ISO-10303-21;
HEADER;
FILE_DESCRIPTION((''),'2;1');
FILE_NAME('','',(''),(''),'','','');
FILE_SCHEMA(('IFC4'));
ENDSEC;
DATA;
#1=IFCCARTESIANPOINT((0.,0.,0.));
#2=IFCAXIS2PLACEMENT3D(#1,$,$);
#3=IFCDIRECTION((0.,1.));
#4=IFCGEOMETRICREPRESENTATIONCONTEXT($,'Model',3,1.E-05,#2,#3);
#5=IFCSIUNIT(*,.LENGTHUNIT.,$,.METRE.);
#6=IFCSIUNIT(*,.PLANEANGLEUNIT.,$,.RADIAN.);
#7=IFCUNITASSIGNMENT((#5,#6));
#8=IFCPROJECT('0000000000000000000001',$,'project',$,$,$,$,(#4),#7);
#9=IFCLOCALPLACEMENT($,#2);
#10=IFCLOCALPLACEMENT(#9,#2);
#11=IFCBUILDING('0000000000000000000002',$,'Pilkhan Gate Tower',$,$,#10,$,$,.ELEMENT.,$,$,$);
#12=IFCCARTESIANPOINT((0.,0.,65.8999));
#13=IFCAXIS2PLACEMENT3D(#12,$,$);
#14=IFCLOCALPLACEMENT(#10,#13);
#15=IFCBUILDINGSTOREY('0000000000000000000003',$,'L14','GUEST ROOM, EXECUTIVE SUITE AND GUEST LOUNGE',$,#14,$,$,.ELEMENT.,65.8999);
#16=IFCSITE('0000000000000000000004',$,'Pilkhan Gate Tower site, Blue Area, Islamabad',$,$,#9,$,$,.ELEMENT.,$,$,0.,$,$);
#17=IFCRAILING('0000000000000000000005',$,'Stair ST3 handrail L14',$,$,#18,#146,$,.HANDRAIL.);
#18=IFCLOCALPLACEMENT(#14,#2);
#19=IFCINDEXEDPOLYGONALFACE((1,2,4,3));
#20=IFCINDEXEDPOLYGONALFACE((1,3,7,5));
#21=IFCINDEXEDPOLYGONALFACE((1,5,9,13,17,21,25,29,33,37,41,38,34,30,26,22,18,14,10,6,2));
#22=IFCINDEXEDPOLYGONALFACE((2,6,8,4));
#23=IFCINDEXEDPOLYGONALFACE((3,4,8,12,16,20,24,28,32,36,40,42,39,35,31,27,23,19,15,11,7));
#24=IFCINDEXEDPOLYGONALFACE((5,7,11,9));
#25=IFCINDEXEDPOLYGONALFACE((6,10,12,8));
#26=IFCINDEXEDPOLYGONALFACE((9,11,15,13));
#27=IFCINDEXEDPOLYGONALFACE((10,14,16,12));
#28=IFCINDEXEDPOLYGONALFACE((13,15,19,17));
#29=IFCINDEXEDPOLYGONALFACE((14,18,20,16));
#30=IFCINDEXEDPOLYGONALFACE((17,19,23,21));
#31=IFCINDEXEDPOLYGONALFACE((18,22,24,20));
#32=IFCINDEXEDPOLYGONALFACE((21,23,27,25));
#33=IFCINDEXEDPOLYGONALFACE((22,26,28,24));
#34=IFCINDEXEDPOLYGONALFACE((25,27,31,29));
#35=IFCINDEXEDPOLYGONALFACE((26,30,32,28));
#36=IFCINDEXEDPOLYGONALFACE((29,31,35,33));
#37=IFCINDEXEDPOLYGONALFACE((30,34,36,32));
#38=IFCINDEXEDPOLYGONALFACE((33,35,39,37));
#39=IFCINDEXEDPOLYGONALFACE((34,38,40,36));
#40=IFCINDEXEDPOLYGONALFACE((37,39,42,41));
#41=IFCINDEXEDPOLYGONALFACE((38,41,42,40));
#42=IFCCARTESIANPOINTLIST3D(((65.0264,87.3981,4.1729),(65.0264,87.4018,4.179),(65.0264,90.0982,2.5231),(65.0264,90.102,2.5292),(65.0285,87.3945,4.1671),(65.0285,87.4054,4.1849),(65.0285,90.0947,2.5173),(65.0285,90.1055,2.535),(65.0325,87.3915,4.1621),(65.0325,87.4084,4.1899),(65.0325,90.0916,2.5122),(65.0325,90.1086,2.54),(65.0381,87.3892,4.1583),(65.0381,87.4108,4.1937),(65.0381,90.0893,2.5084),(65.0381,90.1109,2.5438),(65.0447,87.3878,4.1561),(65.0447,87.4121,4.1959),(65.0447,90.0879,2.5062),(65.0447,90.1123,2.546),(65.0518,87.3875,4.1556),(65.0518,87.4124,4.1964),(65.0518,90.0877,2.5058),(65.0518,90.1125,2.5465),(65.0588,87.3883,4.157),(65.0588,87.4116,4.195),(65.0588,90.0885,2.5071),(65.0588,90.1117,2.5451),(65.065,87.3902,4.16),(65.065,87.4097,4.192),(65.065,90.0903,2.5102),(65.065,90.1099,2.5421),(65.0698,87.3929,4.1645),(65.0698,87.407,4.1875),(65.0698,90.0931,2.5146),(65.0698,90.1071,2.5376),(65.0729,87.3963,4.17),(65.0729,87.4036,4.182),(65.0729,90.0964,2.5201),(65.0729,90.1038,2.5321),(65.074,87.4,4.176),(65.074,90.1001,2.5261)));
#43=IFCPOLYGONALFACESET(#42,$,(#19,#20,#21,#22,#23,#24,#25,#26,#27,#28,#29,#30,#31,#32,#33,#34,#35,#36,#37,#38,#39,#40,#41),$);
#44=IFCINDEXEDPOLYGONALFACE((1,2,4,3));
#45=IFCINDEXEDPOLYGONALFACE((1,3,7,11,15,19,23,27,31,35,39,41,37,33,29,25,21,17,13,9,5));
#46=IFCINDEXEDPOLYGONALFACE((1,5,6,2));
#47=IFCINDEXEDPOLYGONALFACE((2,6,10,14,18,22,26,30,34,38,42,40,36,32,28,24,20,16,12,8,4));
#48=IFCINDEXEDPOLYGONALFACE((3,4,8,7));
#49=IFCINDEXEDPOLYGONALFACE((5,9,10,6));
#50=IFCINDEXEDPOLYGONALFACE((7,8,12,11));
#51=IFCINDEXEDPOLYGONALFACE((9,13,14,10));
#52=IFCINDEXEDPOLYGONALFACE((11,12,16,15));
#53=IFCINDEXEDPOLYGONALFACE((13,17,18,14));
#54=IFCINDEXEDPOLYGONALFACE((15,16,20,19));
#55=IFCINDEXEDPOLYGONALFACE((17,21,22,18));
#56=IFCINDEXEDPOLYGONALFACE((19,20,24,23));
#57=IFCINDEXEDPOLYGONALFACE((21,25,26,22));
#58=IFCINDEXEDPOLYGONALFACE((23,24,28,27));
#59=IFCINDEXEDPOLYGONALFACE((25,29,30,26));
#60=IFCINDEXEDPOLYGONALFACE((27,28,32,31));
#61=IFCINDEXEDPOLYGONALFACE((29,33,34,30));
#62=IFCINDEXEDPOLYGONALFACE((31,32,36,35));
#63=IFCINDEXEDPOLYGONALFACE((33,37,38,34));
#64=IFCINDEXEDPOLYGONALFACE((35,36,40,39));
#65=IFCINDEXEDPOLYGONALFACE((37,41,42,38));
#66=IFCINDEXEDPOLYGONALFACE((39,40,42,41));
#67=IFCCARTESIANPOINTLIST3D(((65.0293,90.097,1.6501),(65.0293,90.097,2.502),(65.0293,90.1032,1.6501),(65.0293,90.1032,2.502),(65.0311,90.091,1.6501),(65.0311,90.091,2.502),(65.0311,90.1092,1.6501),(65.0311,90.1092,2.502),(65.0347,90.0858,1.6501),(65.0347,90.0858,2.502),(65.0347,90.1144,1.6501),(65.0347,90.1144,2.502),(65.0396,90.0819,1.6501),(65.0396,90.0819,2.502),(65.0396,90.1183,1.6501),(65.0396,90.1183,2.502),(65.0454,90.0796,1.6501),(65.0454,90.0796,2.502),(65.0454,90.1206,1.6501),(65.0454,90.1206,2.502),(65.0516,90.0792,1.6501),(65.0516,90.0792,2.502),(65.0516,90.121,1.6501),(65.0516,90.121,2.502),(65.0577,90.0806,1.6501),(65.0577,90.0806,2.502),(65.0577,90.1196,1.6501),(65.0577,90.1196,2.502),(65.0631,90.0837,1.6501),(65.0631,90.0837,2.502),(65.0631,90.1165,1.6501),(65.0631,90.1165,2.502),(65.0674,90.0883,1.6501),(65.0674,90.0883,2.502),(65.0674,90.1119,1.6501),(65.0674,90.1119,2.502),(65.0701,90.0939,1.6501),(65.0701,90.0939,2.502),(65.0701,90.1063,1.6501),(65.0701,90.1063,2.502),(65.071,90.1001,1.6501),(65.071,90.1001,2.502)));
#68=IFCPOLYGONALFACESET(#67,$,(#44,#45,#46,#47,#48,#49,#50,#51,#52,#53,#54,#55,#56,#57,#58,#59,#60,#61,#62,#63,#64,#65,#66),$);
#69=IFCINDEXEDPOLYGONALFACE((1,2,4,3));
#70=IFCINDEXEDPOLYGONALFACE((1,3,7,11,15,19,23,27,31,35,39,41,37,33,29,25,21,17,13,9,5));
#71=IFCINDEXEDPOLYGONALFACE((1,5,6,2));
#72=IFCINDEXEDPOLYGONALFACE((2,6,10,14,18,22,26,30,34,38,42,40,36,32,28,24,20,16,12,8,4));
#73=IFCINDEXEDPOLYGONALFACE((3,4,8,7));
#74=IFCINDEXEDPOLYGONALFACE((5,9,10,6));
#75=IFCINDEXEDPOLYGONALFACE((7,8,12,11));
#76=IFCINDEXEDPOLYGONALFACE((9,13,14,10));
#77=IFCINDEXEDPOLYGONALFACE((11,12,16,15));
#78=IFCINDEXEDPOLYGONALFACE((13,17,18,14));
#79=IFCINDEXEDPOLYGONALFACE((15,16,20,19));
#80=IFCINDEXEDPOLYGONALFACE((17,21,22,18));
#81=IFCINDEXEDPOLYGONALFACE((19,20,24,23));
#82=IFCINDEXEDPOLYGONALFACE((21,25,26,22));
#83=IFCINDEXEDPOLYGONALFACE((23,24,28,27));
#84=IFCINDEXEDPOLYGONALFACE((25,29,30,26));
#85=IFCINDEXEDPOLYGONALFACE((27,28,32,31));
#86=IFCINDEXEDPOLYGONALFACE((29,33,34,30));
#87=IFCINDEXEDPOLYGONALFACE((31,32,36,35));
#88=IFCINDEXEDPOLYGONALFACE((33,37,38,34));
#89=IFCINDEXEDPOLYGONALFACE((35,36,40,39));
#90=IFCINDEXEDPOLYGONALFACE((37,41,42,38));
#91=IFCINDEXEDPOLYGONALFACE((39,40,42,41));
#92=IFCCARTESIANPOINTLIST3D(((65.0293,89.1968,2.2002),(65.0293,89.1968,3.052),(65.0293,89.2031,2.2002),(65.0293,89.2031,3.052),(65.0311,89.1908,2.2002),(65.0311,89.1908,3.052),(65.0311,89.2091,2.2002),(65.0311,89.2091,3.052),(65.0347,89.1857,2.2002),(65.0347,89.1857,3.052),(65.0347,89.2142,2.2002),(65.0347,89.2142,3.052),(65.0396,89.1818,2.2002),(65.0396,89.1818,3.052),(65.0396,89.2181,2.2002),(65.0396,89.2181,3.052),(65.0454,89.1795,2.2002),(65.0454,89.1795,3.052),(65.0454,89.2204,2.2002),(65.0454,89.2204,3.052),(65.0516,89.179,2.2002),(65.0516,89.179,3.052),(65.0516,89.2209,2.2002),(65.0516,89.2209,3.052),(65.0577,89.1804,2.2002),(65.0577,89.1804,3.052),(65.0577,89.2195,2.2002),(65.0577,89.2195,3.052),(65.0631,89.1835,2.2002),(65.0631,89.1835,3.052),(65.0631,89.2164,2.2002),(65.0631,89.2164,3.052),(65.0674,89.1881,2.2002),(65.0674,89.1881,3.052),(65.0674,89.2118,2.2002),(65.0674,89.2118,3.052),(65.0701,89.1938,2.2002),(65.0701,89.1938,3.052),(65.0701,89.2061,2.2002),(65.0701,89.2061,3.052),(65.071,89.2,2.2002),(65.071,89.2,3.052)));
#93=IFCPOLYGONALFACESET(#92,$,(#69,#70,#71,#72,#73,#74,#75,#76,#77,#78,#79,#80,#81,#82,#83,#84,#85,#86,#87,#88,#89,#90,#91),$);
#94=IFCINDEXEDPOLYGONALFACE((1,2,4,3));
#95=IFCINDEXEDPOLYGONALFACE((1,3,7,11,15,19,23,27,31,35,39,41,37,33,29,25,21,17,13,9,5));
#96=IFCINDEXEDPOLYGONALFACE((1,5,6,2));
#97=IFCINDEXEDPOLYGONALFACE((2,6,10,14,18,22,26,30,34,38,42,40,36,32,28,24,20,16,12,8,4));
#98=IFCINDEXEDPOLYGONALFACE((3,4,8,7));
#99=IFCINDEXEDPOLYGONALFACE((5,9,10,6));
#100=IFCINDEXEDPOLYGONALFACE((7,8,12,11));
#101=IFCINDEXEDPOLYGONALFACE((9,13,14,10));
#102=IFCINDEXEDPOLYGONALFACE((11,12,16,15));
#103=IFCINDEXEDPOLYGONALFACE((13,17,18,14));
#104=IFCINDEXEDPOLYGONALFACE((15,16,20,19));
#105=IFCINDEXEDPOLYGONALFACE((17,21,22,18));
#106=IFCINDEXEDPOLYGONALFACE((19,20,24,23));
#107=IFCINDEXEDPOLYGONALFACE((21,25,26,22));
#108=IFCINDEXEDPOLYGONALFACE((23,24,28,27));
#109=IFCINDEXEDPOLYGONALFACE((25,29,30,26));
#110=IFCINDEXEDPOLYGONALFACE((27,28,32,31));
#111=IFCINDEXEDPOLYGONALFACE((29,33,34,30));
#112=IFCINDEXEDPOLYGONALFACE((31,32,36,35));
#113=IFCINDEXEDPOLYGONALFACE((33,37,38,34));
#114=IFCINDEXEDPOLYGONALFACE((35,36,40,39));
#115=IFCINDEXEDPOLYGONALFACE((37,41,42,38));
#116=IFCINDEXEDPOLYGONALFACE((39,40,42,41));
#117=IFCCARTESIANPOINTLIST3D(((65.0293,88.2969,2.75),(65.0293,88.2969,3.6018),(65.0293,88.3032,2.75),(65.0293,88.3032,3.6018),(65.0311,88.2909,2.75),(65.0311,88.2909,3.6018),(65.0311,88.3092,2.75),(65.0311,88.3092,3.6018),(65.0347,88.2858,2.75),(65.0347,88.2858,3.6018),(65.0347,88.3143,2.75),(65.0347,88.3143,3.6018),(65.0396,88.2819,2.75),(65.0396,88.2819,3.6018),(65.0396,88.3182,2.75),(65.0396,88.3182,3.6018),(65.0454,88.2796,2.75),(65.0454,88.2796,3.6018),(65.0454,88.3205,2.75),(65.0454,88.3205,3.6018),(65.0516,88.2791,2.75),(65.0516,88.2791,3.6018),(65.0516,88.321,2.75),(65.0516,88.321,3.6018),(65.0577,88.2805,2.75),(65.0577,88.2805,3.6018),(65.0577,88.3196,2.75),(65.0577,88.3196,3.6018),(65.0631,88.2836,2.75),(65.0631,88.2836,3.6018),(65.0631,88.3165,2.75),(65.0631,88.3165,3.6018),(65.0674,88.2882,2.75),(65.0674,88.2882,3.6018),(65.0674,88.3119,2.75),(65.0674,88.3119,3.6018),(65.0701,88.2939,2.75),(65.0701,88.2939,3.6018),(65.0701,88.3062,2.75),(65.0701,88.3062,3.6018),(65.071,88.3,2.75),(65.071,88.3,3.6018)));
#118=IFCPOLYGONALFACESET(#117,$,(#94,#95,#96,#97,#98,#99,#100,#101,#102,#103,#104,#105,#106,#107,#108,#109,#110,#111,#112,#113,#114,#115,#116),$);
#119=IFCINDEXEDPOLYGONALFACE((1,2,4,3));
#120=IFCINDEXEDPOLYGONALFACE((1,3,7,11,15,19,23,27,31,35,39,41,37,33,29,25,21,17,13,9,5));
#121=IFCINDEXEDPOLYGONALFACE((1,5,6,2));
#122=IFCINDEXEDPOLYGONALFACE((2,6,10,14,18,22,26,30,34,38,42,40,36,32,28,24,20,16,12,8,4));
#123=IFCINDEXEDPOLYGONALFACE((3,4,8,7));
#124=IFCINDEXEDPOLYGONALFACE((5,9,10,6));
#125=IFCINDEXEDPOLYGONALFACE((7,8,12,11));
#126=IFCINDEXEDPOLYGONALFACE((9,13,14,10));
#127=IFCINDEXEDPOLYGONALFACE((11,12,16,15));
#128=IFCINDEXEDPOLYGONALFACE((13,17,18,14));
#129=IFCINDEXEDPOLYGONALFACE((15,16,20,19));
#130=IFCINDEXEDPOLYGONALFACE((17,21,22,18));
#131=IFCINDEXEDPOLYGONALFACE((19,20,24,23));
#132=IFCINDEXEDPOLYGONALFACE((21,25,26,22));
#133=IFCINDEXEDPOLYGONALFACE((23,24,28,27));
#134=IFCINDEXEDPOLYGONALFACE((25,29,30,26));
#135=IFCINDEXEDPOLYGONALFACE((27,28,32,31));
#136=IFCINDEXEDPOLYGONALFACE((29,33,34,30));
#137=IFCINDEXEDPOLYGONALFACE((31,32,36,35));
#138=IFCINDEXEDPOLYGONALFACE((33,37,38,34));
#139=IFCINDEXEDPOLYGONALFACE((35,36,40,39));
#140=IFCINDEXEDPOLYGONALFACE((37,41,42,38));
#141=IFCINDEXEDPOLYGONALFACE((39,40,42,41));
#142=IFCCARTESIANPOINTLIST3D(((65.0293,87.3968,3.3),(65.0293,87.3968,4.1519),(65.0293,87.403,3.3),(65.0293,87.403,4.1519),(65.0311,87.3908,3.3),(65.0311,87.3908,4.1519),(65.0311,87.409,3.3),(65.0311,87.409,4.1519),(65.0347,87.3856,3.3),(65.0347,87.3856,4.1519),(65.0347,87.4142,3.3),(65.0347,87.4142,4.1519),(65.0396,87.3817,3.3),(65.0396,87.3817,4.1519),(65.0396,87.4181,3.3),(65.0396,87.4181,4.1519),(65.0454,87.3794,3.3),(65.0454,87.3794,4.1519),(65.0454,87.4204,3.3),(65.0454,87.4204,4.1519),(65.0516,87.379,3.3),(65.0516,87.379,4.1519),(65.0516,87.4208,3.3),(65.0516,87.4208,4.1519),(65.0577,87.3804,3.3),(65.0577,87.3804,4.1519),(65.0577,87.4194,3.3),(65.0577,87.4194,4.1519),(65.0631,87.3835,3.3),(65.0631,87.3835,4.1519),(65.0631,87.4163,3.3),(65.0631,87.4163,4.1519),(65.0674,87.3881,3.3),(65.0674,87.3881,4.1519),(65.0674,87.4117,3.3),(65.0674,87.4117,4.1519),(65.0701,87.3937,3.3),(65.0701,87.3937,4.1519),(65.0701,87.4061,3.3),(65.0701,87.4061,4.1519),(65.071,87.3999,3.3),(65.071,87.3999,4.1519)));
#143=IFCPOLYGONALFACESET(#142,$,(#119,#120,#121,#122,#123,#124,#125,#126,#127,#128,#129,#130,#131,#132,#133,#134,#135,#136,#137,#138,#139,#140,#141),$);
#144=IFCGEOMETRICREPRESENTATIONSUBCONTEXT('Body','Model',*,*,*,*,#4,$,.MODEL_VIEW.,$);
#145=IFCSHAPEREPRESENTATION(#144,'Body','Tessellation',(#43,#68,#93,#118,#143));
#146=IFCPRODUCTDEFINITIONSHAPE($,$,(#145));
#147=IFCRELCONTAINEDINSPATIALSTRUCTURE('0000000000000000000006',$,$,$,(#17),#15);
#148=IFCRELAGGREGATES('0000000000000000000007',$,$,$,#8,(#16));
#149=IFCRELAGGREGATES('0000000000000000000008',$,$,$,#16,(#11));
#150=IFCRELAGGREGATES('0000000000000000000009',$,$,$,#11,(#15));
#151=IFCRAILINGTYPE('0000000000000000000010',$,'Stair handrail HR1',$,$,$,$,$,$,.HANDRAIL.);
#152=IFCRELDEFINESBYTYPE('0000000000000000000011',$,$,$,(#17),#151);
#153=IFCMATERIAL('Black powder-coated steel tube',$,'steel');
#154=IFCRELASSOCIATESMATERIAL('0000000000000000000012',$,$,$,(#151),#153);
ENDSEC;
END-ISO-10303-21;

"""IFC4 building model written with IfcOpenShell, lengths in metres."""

from ifc_helpers import new_model, si_unit, direction, frame, origin, origin_2d, place, context, subcontext, project, spatial, circle, extrude, material, type_object, element, save


model = new_model("IFC4")

# Units and contexts
model_context = context("Model", 3, precision=1e-05, world=origin(), true_north=direction((0.0, 1.0)))
body_context = subcontext(model_context, "Body", "Model", "MODEL_VIEW")
ifc_project = project(units=[si_unit("LENGTHUNIT", "METRE"), si_unit("PLANEANGLEUNIT", "RADIAN")], contexts=[model_context])

# Site, building, storey
site_placement = place(None, origin())
site = spatial("IfcSite", under=ifc_project, at=site_placement, Name="Pilkhan Gate Tower site, Blue Area, Islamabad", CompositionType="ELEMENT", RefElevation=0.0)
building_placement = place(site_placement, origin())
building = spatial("IfcBuilding", under=site, at=building_placement, Name="Pilkhan Gate Tower", CompositionType="ELEMENT")
storey_placement = place(building_placement, frame((0.0, 0.0, 65.8999)))
storey = spatial("IfcBuildingStorey", under=building, at=storey_placement, Name="L14", Description="GUEST ROOM, EXECUTIVE SUITE AND GUEST LOUNGE", CompositionType="ELEMENT", Elevation=65.8999)

# Railing
ifc_material_1 = material(Name="Black powder-coated steel tube", Category="steel")
railing_type = type_object("IfcRailingType", Name="Stair handrail HR1", PredefinedType="HANDRAIL", material=ifc_material_1)
railing_placement = place(storey_placement, frame((65.05, 90.1001, 1.6501)))
element("IfcRailing", 1, at=railing_placement, inside=storey, type_object=railing_type, Name="Stair ST3 handrail L14", PredefinedType="HANDRAIL", context=body_context, shape_type="SweptSolid", body=[
    extrude(circle(Radius=0.0239, at=origin_2d()), frame((0.0, 0.0, 0.876), z_axis=(0.0, -0.853312, 0.5214), x_axis=(1.0, 0.0, 0.0)), (0.0, 0.0, 1.0), 3.1643),
    extrude(circle(Radius=0.021, at=origin_2d()), origin(), (0.0, 0.0, 1.0), 0.8518),
    extrude(circle(Radius=0.021, at=origin_2d()), frame((0.0, -0.9001, 0.55)), (0.0, 0.0, 1.0), 0.8518),
    extrude(circle(Radius=0.021, at=origin_2d()), frame((0.0, -1.8, 1.0999)), (0.0, 0.0, 1.0), 0.8518),
    extrude(circle(Radius=0.021, at=origin_2d()), frame((0.0, -2.7002, 1.6499)), (0.0, 0.0, 1.0), 0.8518),
])

save(model, "model.ifc")
